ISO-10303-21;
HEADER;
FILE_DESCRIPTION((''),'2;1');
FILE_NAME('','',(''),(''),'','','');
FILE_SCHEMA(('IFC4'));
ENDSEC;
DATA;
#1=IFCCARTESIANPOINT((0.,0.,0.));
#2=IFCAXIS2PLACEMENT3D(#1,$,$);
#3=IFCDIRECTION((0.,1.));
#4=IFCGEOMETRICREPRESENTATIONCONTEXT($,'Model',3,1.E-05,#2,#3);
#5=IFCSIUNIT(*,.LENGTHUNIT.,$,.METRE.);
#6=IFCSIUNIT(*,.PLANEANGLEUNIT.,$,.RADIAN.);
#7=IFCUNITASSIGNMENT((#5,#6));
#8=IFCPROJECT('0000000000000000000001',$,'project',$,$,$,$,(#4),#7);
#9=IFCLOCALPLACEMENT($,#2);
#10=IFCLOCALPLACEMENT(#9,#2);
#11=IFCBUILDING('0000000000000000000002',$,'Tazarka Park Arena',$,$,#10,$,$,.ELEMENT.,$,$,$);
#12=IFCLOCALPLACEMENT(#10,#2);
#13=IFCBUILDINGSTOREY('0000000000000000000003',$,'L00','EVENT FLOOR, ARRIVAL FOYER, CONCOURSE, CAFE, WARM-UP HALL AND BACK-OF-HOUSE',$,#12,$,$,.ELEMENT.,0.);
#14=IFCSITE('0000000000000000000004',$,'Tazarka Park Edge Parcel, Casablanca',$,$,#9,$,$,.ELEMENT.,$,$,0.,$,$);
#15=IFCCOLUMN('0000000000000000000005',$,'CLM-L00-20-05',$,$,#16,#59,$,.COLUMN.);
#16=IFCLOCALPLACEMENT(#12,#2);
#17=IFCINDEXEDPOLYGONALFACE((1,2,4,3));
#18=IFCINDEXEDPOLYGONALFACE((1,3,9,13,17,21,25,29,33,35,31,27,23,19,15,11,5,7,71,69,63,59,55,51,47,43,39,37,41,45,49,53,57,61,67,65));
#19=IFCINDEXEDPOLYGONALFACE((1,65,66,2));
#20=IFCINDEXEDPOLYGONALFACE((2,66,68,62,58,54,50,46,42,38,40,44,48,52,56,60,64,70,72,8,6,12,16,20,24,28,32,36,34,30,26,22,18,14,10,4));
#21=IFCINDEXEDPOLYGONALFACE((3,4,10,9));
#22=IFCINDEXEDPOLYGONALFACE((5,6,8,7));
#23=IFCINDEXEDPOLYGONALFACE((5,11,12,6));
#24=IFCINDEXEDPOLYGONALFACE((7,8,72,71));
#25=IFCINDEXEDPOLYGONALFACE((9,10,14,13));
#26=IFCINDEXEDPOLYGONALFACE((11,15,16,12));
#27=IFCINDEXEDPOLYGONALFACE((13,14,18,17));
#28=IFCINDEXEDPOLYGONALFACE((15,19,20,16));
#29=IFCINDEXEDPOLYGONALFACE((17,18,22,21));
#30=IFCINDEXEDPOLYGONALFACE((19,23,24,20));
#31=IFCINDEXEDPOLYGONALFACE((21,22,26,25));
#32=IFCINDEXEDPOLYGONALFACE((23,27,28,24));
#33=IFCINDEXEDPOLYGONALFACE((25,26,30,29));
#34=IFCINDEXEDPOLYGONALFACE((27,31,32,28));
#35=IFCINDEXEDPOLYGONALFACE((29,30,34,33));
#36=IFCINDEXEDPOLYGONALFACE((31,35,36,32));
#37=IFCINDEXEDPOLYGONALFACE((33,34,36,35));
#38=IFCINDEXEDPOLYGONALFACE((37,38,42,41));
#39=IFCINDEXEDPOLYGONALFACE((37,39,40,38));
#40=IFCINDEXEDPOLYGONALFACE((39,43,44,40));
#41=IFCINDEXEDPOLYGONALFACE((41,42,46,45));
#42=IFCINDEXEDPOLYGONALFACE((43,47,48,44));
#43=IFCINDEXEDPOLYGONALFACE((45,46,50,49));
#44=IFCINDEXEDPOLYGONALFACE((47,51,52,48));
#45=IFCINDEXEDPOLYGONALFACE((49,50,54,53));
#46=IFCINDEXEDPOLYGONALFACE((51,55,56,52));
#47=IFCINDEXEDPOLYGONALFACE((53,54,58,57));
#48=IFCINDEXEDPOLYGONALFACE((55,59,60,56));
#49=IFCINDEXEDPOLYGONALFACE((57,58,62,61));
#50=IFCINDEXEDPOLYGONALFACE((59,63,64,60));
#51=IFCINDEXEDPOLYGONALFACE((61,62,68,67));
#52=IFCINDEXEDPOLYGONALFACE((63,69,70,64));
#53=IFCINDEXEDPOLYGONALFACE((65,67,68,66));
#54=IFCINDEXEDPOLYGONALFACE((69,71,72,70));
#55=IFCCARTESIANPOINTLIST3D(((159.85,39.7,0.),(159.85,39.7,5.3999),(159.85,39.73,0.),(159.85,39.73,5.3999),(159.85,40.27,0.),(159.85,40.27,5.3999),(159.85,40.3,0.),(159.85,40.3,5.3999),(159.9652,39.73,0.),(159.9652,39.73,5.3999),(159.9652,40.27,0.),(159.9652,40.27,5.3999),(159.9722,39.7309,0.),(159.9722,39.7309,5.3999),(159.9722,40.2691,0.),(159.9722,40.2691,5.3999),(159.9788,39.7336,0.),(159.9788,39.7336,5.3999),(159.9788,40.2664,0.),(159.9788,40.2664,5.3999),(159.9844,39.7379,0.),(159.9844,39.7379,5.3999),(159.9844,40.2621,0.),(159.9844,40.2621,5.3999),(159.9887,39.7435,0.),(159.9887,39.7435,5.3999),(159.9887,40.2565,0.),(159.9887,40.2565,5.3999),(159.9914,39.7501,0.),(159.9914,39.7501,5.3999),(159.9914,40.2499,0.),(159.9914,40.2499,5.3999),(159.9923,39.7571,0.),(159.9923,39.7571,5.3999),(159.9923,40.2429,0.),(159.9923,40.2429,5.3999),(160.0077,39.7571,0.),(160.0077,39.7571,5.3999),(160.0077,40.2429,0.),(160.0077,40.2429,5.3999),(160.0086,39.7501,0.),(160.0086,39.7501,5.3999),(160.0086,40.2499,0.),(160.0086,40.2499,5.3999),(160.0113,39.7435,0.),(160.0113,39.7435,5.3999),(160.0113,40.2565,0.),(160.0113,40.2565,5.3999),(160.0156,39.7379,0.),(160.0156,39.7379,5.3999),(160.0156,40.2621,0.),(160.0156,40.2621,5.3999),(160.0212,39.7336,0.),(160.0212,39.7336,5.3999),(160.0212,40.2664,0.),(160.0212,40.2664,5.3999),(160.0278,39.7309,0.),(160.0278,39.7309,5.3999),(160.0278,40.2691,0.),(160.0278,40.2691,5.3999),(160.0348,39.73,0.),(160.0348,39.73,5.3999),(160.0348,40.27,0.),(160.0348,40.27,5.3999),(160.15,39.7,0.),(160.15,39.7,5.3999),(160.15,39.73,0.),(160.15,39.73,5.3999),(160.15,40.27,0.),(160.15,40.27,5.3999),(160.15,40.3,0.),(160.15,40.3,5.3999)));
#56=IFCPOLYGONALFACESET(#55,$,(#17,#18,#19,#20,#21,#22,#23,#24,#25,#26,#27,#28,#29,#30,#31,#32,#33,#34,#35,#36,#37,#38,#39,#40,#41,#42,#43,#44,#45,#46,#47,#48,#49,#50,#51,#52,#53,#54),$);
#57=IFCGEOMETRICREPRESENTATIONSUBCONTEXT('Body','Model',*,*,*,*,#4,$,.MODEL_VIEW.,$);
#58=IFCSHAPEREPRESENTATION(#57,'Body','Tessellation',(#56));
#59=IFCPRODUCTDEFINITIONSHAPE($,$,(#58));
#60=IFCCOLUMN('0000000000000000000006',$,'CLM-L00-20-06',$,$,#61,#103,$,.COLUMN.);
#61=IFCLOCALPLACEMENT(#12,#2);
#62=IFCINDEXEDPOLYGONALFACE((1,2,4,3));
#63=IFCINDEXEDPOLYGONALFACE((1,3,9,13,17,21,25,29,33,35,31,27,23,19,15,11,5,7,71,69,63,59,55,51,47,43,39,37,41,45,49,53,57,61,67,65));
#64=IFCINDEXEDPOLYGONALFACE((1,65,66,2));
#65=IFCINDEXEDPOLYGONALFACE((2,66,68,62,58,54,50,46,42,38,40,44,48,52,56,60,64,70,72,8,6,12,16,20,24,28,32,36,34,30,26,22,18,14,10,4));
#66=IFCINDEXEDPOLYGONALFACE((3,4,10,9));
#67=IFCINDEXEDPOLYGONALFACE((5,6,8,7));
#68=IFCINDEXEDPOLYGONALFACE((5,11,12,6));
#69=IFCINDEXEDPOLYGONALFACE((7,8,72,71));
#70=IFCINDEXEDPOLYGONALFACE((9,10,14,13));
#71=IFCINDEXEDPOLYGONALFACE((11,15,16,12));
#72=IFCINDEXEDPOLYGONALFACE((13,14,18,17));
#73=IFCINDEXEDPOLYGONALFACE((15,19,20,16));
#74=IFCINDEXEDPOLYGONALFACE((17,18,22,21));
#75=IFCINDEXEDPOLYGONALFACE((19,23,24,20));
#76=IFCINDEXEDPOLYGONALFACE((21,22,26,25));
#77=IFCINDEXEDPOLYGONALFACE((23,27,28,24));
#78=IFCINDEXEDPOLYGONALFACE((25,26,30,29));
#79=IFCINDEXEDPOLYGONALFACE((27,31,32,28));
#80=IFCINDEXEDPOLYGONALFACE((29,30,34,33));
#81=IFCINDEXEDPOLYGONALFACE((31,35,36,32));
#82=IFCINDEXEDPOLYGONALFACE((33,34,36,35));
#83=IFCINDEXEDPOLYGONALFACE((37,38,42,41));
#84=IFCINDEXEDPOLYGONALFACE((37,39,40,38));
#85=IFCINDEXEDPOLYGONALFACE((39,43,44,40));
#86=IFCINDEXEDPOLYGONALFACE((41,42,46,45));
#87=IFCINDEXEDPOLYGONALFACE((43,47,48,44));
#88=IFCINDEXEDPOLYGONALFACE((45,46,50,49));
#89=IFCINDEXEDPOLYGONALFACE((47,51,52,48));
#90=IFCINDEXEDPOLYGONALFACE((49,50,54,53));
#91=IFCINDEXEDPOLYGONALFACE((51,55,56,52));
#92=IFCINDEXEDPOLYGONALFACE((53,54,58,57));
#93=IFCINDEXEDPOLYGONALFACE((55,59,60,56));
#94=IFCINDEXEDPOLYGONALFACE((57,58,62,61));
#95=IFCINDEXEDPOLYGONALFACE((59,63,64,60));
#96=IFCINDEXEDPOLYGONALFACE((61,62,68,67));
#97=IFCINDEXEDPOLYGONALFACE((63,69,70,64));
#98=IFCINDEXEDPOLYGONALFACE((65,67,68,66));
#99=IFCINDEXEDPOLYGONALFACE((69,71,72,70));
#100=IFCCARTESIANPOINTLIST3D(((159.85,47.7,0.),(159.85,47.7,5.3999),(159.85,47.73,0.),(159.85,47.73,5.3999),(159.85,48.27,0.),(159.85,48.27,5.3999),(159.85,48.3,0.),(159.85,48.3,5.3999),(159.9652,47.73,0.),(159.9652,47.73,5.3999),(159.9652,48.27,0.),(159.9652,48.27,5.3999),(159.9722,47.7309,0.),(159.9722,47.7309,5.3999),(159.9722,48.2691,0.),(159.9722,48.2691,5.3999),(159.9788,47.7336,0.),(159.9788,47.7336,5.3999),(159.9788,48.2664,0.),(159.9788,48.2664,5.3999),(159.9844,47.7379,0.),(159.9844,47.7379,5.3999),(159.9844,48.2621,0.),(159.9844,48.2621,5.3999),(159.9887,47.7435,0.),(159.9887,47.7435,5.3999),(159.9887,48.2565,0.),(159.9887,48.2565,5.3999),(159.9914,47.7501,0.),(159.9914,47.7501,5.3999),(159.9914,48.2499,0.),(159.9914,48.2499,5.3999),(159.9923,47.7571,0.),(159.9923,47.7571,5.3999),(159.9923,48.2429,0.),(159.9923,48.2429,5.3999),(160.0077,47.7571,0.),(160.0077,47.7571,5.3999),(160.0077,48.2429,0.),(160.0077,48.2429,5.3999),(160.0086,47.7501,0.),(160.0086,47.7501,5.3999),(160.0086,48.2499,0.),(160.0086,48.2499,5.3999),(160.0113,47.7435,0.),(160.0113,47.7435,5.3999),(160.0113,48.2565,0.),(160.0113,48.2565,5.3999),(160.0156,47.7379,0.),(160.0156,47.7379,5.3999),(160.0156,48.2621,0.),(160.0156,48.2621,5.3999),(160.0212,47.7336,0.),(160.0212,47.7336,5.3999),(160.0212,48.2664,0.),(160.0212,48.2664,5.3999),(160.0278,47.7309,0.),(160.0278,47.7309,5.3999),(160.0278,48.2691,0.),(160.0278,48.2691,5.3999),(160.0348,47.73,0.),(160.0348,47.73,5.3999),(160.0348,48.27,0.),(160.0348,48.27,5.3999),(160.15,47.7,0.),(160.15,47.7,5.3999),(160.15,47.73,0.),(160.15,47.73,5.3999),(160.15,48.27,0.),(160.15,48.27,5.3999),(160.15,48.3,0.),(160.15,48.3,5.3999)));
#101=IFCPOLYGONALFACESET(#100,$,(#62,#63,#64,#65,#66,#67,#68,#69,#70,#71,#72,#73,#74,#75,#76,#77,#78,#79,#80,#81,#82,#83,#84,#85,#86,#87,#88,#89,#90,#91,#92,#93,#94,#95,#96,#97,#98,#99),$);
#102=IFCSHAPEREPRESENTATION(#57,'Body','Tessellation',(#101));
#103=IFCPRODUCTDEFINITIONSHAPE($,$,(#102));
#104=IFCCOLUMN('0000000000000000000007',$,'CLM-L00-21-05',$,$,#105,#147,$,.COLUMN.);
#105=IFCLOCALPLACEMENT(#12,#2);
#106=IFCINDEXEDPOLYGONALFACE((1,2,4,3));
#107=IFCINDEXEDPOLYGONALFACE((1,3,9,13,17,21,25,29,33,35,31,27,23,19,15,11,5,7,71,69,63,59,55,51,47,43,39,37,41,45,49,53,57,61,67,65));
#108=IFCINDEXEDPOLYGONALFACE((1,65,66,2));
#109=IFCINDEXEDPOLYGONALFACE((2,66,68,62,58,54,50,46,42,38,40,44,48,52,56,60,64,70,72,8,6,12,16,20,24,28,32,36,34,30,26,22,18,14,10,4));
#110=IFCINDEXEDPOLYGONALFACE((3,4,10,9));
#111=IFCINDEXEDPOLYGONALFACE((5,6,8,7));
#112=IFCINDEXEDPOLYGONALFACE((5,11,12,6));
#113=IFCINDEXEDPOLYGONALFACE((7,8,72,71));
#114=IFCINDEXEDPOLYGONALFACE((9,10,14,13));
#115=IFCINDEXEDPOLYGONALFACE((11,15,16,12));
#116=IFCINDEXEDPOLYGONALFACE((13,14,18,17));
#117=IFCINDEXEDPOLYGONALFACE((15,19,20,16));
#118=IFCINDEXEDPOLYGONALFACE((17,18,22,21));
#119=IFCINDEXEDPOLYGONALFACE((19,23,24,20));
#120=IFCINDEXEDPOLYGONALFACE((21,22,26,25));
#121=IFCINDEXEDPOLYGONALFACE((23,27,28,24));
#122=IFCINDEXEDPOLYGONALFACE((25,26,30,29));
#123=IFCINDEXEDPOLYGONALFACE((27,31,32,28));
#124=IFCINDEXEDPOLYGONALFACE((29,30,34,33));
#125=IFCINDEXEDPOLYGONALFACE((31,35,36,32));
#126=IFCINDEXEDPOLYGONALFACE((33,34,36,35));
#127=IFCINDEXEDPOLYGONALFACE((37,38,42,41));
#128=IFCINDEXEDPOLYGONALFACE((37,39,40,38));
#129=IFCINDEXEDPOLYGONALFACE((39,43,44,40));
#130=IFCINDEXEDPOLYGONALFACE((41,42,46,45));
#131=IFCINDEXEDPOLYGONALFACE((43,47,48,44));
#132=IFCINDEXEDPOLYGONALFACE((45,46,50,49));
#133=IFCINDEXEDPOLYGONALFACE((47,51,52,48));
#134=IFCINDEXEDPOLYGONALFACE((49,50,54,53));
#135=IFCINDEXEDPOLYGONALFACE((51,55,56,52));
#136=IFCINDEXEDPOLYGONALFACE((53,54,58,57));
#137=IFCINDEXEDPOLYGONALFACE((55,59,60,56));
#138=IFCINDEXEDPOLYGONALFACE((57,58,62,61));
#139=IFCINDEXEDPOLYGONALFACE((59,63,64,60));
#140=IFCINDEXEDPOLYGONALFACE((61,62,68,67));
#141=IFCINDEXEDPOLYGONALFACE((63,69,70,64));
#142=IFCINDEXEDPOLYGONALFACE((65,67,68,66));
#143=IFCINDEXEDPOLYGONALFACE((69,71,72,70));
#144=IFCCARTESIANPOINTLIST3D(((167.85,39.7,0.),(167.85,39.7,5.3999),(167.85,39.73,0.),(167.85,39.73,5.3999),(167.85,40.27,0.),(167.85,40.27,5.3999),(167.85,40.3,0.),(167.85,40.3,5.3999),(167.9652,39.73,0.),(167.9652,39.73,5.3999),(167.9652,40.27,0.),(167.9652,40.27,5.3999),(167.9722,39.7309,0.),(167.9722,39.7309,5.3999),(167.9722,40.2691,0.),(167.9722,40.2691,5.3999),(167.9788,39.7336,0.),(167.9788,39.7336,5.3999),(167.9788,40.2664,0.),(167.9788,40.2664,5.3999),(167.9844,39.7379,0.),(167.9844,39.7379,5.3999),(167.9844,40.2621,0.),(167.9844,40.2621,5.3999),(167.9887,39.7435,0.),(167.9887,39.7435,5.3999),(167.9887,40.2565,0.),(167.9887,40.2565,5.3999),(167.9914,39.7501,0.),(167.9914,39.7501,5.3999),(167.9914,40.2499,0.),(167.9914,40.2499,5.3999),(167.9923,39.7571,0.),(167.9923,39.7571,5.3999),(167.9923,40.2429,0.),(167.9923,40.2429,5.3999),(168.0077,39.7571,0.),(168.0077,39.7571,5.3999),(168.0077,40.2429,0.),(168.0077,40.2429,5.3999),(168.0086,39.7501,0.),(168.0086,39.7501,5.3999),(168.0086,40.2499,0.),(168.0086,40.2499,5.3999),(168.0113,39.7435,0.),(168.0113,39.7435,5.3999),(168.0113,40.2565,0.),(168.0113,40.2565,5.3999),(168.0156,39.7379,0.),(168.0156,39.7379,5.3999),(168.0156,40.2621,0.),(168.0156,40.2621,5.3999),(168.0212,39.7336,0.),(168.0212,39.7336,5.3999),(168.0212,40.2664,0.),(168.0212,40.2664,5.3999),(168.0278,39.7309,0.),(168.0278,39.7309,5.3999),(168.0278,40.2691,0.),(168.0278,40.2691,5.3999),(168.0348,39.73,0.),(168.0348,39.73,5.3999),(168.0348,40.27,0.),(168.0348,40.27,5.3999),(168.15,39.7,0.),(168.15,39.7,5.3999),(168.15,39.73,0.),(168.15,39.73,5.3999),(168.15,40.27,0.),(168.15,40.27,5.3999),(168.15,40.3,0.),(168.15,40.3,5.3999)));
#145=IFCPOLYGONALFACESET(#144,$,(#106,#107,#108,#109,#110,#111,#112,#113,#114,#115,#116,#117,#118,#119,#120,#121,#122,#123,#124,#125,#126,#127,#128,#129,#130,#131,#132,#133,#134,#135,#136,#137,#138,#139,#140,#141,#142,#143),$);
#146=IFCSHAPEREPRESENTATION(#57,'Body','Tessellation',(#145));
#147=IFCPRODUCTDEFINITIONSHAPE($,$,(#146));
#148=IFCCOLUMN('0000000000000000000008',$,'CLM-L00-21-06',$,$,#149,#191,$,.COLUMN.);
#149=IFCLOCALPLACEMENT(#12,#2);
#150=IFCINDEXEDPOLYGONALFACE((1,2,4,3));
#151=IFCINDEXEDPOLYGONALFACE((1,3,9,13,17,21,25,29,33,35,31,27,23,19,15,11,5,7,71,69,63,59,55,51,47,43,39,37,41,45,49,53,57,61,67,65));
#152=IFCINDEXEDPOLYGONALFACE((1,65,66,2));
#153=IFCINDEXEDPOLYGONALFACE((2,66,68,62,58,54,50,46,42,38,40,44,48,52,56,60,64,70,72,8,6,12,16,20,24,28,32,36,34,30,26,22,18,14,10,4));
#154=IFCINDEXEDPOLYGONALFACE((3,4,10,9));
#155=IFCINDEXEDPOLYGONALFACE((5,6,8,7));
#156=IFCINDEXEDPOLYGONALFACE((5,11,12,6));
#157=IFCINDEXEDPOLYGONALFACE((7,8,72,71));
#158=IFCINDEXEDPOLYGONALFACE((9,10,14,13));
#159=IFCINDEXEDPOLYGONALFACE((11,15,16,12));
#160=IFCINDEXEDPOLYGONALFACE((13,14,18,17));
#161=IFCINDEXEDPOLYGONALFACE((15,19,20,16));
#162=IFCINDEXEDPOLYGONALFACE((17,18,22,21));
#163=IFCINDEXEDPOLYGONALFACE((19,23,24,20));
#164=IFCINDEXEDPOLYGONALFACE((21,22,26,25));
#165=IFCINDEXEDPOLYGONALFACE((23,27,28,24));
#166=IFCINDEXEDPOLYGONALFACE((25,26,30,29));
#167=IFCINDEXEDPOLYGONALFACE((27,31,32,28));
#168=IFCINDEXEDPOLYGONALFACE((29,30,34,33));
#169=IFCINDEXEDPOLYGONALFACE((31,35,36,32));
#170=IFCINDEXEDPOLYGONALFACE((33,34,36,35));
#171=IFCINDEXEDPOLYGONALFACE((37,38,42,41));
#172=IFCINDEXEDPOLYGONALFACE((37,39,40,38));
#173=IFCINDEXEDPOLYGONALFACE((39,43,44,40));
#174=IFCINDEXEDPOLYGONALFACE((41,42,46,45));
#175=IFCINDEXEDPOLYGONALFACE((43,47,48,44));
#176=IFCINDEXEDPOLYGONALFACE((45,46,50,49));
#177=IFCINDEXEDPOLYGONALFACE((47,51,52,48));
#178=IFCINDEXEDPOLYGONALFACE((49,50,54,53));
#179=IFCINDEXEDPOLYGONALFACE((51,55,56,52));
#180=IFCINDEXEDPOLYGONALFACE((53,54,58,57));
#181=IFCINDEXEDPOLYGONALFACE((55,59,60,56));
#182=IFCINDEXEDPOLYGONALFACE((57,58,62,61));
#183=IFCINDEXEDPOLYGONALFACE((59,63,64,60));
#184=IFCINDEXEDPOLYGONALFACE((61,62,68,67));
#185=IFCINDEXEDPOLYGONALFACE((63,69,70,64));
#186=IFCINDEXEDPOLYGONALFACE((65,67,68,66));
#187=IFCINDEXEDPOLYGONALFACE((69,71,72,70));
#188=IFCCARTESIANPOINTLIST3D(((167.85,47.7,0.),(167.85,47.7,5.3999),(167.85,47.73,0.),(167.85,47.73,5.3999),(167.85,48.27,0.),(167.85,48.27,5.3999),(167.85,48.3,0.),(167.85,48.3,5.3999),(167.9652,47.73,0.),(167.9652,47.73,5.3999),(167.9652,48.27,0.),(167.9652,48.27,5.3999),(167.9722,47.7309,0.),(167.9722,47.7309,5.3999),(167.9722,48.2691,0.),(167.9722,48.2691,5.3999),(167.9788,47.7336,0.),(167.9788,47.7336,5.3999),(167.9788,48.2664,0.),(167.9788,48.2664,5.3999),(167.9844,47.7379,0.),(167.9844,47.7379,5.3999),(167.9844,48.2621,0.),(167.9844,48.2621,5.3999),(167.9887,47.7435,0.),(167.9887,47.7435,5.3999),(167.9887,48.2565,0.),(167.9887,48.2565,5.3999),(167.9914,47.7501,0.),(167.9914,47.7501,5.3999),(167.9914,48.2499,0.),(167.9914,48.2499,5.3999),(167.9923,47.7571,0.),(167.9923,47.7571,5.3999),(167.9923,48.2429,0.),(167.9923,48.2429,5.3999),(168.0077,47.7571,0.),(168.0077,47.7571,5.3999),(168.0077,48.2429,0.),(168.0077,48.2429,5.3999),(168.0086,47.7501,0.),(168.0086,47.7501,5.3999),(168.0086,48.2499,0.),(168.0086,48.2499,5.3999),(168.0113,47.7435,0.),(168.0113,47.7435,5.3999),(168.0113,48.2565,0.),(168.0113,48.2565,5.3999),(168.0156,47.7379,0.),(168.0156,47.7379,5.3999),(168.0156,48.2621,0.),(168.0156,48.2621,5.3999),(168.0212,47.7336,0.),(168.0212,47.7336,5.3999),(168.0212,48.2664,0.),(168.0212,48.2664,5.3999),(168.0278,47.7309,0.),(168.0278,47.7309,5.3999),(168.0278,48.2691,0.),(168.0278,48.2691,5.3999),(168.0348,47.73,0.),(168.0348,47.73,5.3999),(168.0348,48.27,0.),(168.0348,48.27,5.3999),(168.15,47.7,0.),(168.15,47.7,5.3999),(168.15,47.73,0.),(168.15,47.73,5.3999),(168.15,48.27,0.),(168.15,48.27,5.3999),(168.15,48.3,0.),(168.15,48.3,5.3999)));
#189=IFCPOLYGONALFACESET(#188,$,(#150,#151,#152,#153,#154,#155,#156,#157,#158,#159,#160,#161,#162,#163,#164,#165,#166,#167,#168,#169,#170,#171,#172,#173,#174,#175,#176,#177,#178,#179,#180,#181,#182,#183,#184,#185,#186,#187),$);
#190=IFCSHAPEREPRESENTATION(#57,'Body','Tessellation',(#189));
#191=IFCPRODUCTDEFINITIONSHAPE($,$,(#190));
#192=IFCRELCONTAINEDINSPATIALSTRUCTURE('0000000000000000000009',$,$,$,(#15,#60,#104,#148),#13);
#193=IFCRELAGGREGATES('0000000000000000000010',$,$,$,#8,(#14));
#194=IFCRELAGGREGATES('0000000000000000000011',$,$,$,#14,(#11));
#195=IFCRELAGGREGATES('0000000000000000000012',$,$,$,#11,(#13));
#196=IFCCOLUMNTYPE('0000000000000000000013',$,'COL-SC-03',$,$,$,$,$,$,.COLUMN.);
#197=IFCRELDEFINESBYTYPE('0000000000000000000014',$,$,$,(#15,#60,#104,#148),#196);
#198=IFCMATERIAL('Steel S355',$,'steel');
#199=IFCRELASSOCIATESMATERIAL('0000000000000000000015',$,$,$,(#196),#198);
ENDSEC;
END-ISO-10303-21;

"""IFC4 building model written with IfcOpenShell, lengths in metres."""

from ifc_helpers import new_model, si_unit, direction, frame, origin, origin_2d, place, context, subcontext, project, spatial, i_section, extrude, material, material_profile, profile_set, type_object, element, save


model = new_model("IFC4")

# Units and contexts
model_context = context("Model", 3, precision=1e-05, world=origin(), true_north=direction((0.0, 1.0)))
body_context = subcontext(model_context, "Body", "Model", "MODEL_VIEW")
ifc_project = project(units=[si_unit("LENGTHUNIT", "METRE"), si_unit("PLANEANGLEUNIT", "RADIAN")], contexts=[model_context])

# Site, building, storey
site_placement = place(None, origin())
site = spatial("IfcSite", under=ifc_project, at=site_placement, Name="Tazarka Park Edge Parcel, Casablanca", CompositionType="ELEMENT", RefElevation=0.0)
building_placement = place(site_placement, origin())
building = spatial("IfcBuilding", under=site, at=building_placement, Name="Tazarka Park Arena", CompositionType="ELEMENT")
storey_placement = place(building_placement, origin())
storey = spatial("IfcBuildingStorey", under=building, at=storey_placement, Name="L00", Description="EVENT FLOOR, ARRIVAL FOYER, CONCOURSE, CAFE, WARM-UP HALL AND BACK-OF-HOUSE", CompositionType="ELEMENT", Elevation=0.0)

# Columns
ifc_material_1 = material(Name="Steel S355", Category="steel")
ifc_material_profile_1 = material_profile(ifc_material_1, i_section(OverallWidth=0.3, OverallDepth=0.6001, WebThickness=0.0154, FlangeThickness=0.03, FilletRadius=0.0271, at=origin_2d()), Name="Steel S355")
ifc_profile_set_1 = profile_set([ifc_material_profile_1], Name="Steel S355")
column_type_1 = type_object("IfcColumnType", Name="COL-SC-03", PredefinedType="COLUMN", material=ifc_profile_set_1)
for number, where, z_axis, x_axis, name in (
    (1, (160.0, 40.0, 0.0), (0.0, 0.0, 1.0), (1.0, 0.0, 0.0), "CLM-L00-20-05"),
    (2, (160.0, 48.0, 0.0), (0.0, 0.0, 1.0), (1.0, 0.0, 0.0), "CLM-L00-20-06"),
    (3, (168.0, 40.0, 0.0), (0.0, 0.0, 1.0), (1.0, 0.0, 0.0), "CLM-L00-21-05"),
    (4, (168.0, 48.0, 0.0), (0.0, 0.0, 1.0), (1.0, 0.0, 0.0), "CLM-L00-21-06"),
):
    element("IfcColumn", number, at=place(storey_placement, frame(where, z_axis=z_axis, x_axis=x_axis)), inside=storey, type_object=column_type_1, Name=name, PredefinedType="COLUMN", context=body_context, shape_type="SweptSolid", body=[
        extrude(i_section(OverallWidth=0.3, OverallDepth=0.6001, WebThickness=0.0154, FlangeThickness=0.03, FilletRadius=0.0271, at=origin_2d()), origin(), (0.0, 0.0, 1.0), 5.3999),
    ])

save(model, "model.ifc")
